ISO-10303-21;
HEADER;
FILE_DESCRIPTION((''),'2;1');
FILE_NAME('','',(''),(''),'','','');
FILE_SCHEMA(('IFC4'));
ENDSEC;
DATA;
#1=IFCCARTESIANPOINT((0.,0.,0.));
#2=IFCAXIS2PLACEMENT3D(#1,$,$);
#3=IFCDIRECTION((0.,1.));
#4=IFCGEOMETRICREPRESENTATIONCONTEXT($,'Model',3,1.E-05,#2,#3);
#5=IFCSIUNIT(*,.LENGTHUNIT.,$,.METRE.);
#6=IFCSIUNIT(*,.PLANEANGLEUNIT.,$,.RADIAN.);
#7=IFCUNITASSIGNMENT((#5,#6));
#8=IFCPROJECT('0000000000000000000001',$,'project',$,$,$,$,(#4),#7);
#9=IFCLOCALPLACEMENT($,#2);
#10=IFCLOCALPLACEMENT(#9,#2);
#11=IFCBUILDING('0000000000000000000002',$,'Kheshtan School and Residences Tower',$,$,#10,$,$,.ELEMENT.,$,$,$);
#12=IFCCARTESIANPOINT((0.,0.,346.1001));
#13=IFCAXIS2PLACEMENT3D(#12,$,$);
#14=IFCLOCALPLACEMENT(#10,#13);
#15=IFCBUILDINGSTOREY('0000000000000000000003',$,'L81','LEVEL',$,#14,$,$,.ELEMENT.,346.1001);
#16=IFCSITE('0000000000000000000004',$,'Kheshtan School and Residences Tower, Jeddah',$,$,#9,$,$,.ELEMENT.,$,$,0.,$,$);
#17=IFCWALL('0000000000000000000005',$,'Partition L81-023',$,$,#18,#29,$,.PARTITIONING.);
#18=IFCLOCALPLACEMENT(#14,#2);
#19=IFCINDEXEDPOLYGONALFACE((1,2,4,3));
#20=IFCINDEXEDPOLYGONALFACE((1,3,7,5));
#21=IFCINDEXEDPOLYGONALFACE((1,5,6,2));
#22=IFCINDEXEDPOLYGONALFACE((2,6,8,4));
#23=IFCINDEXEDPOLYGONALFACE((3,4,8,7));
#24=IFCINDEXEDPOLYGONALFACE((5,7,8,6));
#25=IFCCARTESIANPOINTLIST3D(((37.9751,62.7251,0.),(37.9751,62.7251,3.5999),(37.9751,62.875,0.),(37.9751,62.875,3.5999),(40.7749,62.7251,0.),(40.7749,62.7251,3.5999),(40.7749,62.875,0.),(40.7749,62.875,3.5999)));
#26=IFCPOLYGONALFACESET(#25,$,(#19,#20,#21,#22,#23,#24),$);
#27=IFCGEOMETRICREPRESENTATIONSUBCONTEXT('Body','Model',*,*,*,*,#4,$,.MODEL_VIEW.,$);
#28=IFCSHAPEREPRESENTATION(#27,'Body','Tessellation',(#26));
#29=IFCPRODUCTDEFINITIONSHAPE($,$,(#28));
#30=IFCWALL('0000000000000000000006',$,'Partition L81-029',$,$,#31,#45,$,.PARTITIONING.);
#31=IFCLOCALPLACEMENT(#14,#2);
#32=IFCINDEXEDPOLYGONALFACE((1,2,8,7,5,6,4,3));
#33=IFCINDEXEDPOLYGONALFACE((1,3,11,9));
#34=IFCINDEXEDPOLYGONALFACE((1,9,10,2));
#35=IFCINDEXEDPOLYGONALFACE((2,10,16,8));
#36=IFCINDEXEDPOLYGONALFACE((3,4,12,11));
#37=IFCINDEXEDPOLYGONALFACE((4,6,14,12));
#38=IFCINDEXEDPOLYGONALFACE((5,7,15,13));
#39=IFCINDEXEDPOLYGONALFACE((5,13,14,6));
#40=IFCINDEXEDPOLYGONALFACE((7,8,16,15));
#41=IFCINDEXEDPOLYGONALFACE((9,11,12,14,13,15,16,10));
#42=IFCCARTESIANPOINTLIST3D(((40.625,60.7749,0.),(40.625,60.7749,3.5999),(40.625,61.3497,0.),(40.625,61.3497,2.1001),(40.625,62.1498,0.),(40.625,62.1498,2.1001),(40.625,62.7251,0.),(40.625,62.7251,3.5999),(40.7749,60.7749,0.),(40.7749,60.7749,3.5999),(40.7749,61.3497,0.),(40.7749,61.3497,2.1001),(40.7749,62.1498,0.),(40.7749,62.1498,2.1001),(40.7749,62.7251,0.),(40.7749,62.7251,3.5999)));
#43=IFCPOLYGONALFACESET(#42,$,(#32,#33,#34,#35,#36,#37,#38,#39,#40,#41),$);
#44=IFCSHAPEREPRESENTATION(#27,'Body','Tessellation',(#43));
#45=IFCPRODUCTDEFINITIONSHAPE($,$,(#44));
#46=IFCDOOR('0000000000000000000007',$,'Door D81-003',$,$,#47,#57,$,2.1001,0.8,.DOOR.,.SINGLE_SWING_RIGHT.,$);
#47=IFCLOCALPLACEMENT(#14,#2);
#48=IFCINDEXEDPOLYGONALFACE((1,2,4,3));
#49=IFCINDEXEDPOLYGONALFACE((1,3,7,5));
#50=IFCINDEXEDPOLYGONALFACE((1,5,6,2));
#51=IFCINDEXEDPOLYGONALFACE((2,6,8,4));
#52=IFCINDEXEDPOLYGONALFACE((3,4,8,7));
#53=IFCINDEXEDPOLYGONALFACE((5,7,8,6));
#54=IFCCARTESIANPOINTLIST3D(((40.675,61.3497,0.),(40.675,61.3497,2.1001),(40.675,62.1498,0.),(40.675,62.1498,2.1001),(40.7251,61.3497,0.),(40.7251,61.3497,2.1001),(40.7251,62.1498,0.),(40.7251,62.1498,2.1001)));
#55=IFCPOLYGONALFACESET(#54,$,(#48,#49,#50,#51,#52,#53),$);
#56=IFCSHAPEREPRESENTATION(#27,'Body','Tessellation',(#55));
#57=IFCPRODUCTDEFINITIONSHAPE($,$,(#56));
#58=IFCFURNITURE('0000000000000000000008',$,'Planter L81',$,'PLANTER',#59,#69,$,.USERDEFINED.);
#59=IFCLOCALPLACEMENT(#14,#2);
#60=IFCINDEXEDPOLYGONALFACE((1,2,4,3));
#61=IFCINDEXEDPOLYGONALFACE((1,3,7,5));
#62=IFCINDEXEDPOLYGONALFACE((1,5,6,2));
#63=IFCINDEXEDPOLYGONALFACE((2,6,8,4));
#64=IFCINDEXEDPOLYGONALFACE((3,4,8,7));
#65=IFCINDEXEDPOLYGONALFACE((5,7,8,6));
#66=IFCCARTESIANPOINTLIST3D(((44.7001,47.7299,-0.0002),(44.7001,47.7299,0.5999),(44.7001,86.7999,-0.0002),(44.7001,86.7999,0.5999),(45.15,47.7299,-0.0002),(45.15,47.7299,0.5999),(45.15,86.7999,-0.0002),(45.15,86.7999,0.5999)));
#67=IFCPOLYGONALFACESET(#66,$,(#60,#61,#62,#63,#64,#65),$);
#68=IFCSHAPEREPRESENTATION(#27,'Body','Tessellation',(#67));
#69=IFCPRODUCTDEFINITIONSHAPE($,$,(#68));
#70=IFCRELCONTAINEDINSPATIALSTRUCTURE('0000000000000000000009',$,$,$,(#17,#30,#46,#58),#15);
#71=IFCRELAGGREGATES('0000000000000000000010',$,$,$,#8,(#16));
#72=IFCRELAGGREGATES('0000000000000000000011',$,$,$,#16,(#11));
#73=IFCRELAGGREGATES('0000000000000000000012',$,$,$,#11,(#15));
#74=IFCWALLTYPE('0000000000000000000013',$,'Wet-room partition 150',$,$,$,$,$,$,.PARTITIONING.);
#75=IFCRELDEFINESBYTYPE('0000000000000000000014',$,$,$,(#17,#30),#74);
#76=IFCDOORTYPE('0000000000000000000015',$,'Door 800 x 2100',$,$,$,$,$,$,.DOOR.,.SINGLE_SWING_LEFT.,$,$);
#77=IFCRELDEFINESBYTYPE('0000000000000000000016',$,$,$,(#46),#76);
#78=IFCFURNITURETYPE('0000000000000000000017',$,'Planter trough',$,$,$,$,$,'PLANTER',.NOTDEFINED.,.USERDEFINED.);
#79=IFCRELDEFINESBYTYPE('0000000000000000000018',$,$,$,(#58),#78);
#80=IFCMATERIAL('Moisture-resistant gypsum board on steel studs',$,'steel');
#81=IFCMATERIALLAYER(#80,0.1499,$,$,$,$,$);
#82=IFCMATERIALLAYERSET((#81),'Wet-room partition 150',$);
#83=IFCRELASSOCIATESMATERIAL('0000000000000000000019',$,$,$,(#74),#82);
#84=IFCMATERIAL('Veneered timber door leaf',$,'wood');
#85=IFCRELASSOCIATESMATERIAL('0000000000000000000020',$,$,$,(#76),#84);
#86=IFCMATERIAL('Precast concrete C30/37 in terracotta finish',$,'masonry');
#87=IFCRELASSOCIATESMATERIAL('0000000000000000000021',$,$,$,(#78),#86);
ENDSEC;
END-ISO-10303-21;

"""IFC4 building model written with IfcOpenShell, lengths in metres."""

from ifc_helpers import new_model, si_unit, direction, frame, frame_2d, origin, origin_2d, place, context, subcontext, project, spatial, rectangle, extrude, source, transform, mapped, material, layer, layer_set, type_object, element, fill, save


model = new_model("IFC4")

# Units and contexts
model_context = context("Model", 3, precision=1e-05, world=origin(), true_north=direction((0.0, 1.0)))
body_context = subcontext(model_context, "Body", "Model", "MODEL_VIEW")
ifc_project = project(units=[si_unit("LENGTHUNIT", "METRE"), si_unit("PLANEANGLEUNIT", "RADIAN")], contexts=[model_context])

# Site, building, storey
site_placement = place(None, origin())
site = spatial("IfcSite", under=ifc_project, at=site_placement, Name="Kheshtan School and Residences Tower, Jeddah", CompositionType="ELEMENT", RefElevation=0.0)
building_placement = place(site_placement, origin())
building = spatial("IfcBuilding", under=site, at=building_placement, Name="Kheshtan School and Residences Tower", CompositionType="ELEMENT")
storey_placement = place(building_placement, frame((0.0, 0.0, 346.1001)))
storey = spatial("IfcBuildingStorey", under=building, at=storey_placement, Name="L81", Description="LEVEL", CompositionType="ELEMENT", Elevation=346.1001)

# Wall
ifc_material_1 = material(Name="Moisture-resistant gypsum board on steel studs", Category="steel")
ifc_layer_1 = layer(ifc_material_1, 0.1499)
ifc_layer_set_1 = layer_set([ifc_layer_1], Name="Wet-room partition 150")
wall_type_1 = type_object("IfcWallType", Name="Wet-room partition 150", PredefinedType="PARTITIONING", material=ifc_layer_set_1)
wall_1_placement = place(storey_placement, frame((37.9751, 62.8, 0.0), z_axis=(0.0, 0.0, 1.0), x_axis=(1.0, 0.0, 0.0)))
element("IfcWall", 1, at=wall_1_placement, inside=storey, type_object=wall_type_1, Name="Partition L81-023", PredefinedType="PARTITIONING", context=body_context, shape_type="SweptSolid", body=[
    extrude(rectangle(XDim=2.7998, YDim=0.1499, at=frame_2d((1.3999, 0.0))), origin(), (0.0, 0.0, 1.0), 3.5999),
])

# Wall, opening, door
wall_2_placement = place(storey_placement, frame((40.7, 60.7749, 0.0), z_axis=(0.0, 0.0, 1.0), x_axis=(0.0, 1.0, 0.0)))
wall_2 = element("IfcWall", 2, at=wall_2_placement, inside=storey, type_object=wall_type_1, Name="Partition L81-029", PredefinedType="PARTITIONING", context=body_context, shape_type="SweptSolid", body=[
    extrude(rectangle(XDim=1.9502, YDim=0.1499, at=frame_2d((0.9751, 0.0))), origin(), (0.0, 0.0, 1.0), 3.5999),
])
opening_1_placement = place(wall_2_placement, frame((0.575, 0.0, 0.0)))
opening_1 = element("IfcOpeningElement", 3, at=opening_1_placement, cuts=wall_2, PredefinedType="OPENING", context=body_context, shape_type="SweptSolid", body=[
    extrude(rectangle(XDim=0.8, YDim=2.1001, at=frame_2d((0.3999, 1.05))), frame((0.0, 0.085, 0.0), z_axis=(0.0, -1.0, 0.0), x_axis=(1.0, 0.0, 0.0)), (0.0, 0.0, 1.0), 0.1699),
])
ifc_material_2 = material(Name="Veneered timber door leaf", Category="wood")
door_type_1 = type_object("IfcDoorType", Name="Door 800 x 2100", OperationType="SINGLE_SWING_LEFT", PredefinedType="DOOR", material=ifc_material_2)
shared_shape_1 = source(origin(), body_context, "Body", "SweptSolid", [
    extrude(rectangle(XDim=0.8, YDim=2.1001, at=frame_2d((0.3999, 1.05))), frame((0.0, 0.0249, 0.0), z_axis=(0.0, -1.0, 0.0), x_axis=(1.0, 0.0, 0.0)), (0.0, 0.0, 1.0), 0.05),
])
door_1_placement = place(opening_1_placement, origin())
door_1 = element("IfcDoor", 4, at=door_1_placement, inside=storey, type_object=door_type_1, Name="Door D81-003", OperationType="SINGLE_SWING_RIGHT", OverallHeight=2.1001, OverallWidth=0.8, PredefinedType="DOOR", context=body_context, shape_type="MappedRepresentation", body=[
    mapped(shared_shape_1, transform((0.0, 0.0, 0.0), x_axis=(1.0, 0.0, 0.0), y_axis=(0.0, 1.0, 0.0), z_axis=(0.0, 0.0, 1.0), scale=1.0)),
])
fill(opening_1, door_1)

# Furniture
ifc_material_3 = material(Name="Precast concrete C30/37 in terracotta finish", Category="masonry")
furniture_type = type_object("IfcFurnitureType", Name="Planter trough", ElementType="PLANTER", AssemblyPlace="NOTDEFINED", PredefinedType="USERDEFINED", material=ifc_material_3)
furniture_placement = place(storey_placement, frame((44.925, 67.2649, -0.0002), z_axis=(0.0, 0.0, 1.0), x_axis=(0.0, -1.0, 0.0)))
element("IfcFurniture", 5, at=furniture_placement, inside=storey, type_object=furniture_type, Name="Planter L81", ObjectType="PLANTER", PredefinedType="USERDEFINED", context=body_context, shape_type="SweptSolid", body=[
    extrude(rectangle(XDim=39.0701, YDim=0.45, at=origin_2d()), origin(), (0.0, 0.0, 1.0), 0.6001),
])

save(model, "model.ifc")
